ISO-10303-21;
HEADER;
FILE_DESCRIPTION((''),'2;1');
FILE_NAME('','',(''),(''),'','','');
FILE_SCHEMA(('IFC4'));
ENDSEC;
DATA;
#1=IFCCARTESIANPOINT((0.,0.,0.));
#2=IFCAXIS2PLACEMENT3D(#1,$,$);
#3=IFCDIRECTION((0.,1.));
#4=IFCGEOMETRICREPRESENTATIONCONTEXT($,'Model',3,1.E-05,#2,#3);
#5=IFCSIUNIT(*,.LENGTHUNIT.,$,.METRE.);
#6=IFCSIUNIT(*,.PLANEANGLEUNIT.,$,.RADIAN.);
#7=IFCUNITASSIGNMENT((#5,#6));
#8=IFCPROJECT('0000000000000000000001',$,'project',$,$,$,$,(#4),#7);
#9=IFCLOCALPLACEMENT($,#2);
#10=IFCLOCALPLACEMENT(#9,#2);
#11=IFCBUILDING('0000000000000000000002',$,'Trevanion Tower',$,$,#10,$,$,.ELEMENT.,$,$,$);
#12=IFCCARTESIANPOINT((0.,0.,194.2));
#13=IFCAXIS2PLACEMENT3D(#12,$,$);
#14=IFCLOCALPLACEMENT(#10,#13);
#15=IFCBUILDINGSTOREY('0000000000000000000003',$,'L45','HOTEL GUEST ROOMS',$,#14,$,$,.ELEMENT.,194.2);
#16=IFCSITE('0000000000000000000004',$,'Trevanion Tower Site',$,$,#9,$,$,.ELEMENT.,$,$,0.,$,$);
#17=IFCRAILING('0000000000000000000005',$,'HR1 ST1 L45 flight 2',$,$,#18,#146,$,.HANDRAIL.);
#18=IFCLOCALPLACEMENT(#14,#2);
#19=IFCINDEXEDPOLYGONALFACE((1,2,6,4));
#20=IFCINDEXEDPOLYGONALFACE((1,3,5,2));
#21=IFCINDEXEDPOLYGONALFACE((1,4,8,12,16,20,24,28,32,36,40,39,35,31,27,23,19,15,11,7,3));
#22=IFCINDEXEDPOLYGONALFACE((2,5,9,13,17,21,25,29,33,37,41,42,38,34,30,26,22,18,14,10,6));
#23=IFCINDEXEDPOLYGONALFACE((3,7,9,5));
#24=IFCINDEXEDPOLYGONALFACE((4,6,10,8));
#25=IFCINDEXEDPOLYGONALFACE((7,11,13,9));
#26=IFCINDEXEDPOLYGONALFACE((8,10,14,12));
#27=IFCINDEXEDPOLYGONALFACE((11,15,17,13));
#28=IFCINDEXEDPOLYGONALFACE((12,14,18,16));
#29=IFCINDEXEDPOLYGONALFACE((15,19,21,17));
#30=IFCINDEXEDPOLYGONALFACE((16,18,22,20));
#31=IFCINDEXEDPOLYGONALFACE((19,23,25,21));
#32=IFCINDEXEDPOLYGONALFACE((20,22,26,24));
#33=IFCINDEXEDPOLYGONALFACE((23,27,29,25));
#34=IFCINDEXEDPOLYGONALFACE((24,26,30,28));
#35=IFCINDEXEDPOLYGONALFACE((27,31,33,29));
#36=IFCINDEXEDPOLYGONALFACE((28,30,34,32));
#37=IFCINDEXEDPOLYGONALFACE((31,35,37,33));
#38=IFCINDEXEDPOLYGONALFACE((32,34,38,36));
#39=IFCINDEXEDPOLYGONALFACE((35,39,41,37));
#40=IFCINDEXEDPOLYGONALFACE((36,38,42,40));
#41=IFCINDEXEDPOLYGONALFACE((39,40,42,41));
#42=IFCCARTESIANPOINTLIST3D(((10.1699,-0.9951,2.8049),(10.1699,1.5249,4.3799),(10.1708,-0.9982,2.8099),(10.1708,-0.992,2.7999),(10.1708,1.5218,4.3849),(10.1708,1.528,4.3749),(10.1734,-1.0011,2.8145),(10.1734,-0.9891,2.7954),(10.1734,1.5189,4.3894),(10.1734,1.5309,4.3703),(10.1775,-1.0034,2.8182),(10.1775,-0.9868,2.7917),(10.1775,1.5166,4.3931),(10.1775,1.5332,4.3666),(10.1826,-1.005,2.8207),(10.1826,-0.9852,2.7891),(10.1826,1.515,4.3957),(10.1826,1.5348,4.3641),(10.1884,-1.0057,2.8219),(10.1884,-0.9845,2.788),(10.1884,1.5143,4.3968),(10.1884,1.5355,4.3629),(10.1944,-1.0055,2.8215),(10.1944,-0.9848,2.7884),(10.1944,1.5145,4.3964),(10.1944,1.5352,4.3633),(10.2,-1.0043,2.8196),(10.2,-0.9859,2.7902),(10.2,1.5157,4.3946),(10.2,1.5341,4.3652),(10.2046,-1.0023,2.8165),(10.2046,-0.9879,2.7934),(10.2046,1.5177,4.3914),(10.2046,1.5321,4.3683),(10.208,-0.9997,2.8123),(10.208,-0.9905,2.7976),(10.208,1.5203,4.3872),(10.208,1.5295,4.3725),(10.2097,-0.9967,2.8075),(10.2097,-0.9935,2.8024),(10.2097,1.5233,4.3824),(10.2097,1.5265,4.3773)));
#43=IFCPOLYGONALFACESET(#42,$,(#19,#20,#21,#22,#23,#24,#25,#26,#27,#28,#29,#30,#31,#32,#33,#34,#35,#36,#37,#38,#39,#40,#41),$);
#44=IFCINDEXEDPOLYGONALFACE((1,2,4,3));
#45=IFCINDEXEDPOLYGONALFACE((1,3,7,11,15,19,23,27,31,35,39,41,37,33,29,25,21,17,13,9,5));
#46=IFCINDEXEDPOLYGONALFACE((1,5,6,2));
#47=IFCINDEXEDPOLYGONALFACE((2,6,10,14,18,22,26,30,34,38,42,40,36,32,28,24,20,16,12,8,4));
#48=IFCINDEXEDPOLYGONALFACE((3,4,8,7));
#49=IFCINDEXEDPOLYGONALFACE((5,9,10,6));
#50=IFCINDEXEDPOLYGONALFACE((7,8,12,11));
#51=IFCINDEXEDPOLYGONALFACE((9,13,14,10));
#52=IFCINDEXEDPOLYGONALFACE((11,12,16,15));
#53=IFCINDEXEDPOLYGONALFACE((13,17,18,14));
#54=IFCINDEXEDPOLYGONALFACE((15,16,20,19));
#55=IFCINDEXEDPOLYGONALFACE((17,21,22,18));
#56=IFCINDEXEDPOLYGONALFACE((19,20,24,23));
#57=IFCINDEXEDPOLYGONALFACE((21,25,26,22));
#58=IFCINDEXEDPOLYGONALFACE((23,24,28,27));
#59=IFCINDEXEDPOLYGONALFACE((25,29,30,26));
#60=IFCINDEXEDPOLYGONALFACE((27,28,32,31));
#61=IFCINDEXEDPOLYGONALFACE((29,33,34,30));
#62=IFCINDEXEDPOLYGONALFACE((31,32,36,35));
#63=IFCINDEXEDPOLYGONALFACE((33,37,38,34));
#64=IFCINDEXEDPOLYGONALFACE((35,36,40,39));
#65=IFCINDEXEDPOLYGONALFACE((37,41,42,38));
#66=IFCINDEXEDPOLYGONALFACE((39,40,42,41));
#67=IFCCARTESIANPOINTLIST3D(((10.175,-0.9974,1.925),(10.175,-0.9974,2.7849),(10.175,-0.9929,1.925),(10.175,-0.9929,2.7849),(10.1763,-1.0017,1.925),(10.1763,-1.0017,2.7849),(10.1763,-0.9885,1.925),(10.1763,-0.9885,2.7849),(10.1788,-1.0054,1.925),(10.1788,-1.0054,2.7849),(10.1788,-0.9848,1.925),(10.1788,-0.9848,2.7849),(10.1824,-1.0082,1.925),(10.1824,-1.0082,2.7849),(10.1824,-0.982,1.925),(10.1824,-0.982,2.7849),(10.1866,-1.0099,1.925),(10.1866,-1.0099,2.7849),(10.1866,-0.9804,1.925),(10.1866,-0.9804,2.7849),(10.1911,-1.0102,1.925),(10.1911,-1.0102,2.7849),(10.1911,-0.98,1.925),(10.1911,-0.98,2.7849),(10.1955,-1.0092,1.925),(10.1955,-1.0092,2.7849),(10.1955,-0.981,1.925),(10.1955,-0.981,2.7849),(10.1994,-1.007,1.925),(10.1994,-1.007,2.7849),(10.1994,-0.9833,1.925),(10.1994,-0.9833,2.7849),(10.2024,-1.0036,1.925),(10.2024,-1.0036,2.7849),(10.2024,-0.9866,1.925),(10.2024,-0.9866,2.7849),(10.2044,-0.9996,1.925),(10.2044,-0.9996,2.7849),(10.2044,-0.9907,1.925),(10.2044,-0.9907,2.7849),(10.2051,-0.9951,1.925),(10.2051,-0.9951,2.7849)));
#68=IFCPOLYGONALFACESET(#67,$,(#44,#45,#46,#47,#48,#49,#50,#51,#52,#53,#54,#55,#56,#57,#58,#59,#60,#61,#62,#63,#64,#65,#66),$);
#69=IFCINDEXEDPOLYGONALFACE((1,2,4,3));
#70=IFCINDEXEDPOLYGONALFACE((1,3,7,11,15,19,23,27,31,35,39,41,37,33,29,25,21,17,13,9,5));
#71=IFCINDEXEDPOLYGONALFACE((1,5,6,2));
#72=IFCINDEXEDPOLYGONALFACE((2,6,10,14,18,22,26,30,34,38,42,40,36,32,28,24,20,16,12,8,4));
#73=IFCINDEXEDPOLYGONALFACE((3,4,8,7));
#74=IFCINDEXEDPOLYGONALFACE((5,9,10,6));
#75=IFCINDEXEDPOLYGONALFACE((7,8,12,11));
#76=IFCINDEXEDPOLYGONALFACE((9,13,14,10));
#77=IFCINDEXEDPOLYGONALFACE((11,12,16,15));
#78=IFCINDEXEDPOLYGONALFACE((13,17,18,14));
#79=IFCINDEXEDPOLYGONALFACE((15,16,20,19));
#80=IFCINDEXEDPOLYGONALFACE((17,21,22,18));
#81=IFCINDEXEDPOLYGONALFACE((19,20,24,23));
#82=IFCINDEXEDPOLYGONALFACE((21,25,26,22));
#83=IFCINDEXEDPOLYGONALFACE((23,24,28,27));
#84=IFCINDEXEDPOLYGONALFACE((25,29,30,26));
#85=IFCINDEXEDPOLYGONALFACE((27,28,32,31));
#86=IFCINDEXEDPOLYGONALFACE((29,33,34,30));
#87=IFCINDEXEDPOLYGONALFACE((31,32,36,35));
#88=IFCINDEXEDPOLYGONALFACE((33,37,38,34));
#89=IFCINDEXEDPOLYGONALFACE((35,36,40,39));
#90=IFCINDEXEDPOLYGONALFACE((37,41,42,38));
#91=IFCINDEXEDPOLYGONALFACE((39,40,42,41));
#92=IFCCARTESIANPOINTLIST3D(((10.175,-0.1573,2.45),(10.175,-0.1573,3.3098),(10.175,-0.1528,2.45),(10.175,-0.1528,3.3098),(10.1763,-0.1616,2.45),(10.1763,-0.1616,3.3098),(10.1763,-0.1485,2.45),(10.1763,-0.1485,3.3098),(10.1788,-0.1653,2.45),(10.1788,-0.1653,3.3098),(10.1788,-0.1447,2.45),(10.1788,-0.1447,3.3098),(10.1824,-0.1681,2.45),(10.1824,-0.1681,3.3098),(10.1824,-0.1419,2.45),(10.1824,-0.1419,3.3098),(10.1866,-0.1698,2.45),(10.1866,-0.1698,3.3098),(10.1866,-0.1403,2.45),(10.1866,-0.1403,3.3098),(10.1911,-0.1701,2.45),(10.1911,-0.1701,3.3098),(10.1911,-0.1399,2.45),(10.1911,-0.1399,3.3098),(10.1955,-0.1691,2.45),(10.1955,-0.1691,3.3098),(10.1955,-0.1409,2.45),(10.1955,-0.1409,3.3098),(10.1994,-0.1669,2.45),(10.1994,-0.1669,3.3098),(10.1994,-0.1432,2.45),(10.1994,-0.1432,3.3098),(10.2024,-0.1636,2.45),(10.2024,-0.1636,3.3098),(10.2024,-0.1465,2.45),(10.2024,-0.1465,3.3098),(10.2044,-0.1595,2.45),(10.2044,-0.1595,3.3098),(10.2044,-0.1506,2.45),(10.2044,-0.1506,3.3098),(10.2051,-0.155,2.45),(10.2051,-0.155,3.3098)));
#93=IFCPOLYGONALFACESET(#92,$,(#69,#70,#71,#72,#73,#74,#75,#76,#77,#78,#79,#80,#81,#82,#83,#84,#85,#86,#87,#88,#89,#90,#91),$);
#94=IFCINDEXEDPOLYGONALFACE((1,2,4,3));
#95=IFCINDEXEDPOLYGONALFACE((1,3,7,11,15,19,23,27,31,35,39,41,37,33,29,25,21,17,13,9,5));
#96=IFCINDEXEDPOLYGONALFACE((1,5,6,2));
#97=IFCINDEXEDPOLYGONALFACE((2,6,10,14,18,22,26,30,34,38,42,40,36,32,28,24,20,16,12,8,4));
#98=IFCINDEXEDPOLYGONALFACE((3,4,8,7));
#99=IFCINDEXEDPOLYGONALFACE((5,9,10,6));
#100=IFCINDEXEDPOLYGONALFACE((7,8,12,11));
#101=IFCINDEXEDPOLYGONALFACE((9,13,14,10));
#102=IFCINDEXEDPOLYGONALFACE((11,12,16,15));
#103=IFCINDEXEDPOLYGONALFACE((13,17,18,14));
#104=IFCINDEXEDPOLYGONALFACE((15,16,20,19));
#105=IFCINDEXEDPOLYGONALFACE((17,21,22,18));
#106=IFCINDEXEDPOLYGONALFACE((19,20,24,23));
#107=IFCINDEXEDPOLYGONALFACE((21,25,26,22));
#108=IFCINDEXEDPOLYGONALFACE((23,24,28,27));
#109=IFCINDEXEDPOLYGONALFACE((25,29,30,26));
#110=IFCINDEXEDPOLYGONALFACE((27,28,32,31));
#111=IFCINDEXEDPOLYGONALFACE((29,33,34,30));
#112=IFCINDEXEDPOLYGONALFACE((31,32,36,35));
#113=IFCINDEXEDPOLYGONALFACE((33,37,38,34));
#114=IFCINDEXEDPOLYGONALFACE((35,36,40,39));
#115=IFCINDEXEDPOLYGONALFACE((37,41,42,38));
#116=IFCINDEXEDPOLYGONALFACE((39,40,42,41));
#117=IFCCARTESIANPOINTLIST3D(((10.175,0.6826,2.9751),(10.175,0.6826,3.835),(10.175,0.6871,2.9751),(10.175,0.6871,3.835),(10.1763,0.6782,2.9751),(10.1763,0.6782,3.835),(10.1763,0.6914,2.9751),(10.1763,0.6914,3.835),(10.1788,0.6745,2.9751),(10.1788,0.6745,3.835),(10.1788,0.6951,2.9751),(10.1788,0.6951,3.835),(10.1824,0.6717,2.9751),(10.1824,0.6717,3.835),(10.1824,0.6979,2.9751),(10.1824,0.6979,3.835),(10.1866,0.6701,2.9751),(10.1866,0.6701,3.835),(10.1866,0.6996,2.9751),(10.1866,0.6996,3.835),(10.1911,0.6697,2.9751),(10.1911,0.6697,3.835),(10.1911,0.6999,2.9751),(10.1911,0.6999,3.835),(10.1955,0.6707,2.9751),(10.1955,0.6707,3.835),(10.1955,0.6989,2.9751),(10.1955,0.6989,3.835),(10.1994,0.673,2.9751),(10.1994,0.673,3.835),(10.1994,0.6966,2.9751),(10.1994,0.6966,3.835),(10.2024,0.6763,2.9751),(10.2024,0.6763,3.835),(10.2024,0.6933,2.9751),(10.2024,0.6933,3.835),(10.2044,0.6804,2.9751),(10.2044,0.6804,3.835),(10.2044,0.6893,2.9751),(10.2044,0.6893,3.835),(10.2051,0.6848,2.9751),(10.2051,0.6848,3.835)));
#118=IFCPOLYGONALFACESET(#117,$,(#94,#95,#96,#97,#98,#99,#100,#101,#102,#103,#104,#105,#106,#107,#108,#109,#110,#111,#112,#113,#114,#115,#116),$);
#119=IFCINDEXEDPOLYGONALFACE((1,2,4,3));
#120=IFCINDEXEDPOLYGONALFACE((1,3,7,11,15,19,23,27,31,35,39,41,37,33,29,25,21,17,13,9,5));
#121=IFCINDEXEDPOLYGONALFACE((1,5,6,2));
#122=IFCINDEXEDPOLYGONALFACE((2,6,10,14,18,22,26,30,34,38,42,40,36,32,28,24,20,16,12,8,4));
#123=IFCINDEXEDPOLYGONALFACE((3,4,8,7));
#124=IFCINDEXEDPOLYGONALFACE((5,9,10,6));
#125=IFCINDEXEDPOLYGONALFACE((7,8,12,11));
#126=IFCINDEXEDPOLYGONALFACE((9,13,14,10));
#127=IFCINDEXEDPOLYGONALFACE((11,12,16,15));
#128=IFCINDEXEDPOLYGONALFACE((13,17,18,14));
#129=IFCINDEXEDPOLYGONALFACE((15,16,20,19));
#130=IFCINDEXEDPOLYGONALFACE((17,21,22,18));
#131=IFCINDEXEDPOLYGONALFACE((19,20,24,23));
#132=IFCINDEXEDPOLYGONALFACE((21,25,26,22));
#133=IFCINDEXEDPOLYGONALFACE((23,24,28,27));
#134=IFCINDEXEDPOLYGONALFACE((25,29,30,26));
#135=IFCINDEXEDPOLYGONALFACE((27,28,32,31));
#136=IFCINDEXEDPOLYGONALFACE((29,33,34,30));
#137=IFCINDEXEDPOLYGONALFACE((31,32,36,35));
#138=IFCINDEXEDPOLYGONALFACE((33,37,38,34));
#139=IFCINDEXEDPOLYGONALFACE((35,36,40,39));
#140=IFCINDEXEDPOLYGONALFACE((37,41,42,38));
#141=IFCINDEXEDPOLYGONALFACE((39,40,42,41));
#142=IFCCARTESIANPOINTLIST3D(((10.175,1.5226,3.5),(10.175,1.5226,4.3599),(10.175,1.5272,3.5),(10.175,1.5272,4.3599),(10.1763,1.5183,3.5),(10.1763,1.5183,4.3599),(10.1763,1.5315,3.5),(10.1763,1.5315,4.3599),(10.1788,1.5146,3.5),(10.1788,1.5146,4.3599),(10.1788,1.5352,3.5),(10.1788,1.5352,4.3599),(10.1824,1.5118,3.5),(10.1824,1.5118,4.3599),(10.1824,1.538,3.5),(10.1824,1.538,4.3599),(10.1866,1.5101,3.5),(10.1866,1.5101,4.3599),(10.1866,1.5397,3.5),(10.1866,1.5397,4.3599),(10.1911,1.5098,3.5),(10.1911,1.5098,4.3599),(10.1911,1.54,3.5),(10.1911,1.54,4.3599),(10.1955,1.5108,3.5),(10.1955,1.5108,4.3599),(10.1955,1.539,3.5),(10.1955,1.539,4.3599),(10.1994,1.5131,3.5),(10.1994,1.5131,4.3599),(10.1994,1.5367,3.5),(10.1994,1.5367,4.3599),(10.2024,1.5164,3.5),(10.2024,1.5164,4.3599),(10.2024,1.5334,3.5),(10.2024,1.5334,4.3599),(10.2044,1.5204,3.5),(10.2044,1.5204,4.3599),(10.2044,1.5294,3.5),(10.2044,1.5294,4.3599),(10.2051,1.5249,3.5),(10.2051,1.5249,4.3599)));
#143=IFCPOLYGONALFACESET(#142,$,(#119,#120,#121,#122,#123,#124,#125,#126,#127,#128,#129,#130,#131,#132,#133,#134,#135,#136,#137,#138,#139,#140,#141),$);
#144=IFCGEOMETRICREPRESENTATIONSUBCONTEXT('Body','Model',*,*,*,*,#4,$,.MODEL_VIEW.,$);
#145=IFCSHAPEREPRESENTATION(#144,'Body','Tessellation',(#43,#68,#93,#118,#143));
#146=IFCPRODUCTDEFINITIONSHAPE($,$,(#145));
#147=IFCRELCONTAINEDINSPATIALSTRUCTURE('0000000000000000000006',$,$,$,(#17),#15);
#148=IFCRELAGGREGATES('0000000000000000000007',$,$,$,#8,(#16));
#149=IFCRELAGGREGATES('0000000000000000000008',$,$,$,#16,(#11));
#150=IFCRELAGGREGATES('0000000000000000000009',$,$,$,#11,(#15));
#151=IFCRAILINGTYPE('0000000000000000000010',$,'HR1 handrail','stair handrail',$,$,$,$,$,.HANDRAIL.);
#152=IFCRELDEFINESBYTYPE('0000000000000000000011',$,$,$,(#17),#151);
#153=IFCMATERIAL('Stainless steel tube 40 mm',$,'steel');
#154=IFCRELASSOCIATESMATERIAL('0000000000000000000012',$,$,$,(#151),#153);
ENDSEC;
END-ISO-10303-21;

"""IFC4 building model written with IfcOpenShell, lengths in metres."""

from ifc_helpers import new_model, si_unit, direction, frame, origin, origin_2d, place, context, subcontext, project, spatial, circle, extrude, material, type_object, element, save


model = new_model("IFC4")

# Units and contexts
model_context = context("Model", 3, precision=1e-05, world=origin(), true_north=direction((0.0, 1.0)))
body_context = subcontext(model_context, "Body", "Model", "MODEL_VIEW")
ifc_project = project(units=[si_unit("LENGTHUNIT", "METRE"), si_unit("PLANEANGLEUNIT", "RADIAN")], contexts=[model_context])

# Site, building, storey
site_placement = place(None, origin())
site = spatial("IfcSite", under=ifc_project, at=site_placement, Name="Trevanion Tower Site", CompositionType="ELEMENT", RefElevation=0.0)
building_placement = place(site_placement, origin())
building = spatial("IfcBuilding", under=site, at=building_placement, Name="Trevanion Tower", CompositionType="ELEMENT")
storey_placement = place(building_placement, frame((0.0, 0.0, 194.2)))
storey = spatial("IfcBuildingStorey", under=building, at=storey_placement, Name="L45", Description="HOTEL GUEST ROOMS", CompositionType="ELEMENT", Elevation=194.2)

# Railing
ifc_material_1 = material(Name="Stainless steel tube 40 mm", Category="steel")
railing_type = type_object("IfcRailingType", Name="HR1 handrail", Description="stair handrail", PredefinedType="HANDRAIL", material=ifc_material_1)
railing_placement = place(storey_placement, frame((10.1899, -0.9951, 1.925)))
element("IfcRailing", 1, at=railing_placement, inside=storey, type_object=railing_type, Name="HR1 ST1 L45 flight 2", PredefinedType="HANDRAIL", context=body_context, shape_type="SweptSolid", body=[
    extrude(circle(Radius=0.02, at=origin_2d()), frame((0.0, 0.0, 0.8799), z_axis=(0.0, 0.848008, 0.529984), x_axis=(-1.0, 0.0, 0.0)), (0.0, 0.0, 1.0), 2.9717),
    extrude(circle(Radius=0.0151, at=origin_2d()), origin(), (0.0, 0.0, 1.0), 0.8599),
    extrude(circle(Radius=0.0151, at=origin_2d()), frame((0.0, 0.8401, 0.5249)), (0.0, 0.0, 1.0), 0.8599),
    extrude(circle(Radius=0.0151, at=origin_2d()), frame((0.0, 1.6799, 1.05)), (0.0, 0.0, 1.0), 0.8599),
    extrude(circle(Radius=0.0151, at=origin_2d()), frame((0.0, 2.52, 1.575)), (0.0, 0.0, 1.0), 0.8599),
])

save(model, "model.ifc")
